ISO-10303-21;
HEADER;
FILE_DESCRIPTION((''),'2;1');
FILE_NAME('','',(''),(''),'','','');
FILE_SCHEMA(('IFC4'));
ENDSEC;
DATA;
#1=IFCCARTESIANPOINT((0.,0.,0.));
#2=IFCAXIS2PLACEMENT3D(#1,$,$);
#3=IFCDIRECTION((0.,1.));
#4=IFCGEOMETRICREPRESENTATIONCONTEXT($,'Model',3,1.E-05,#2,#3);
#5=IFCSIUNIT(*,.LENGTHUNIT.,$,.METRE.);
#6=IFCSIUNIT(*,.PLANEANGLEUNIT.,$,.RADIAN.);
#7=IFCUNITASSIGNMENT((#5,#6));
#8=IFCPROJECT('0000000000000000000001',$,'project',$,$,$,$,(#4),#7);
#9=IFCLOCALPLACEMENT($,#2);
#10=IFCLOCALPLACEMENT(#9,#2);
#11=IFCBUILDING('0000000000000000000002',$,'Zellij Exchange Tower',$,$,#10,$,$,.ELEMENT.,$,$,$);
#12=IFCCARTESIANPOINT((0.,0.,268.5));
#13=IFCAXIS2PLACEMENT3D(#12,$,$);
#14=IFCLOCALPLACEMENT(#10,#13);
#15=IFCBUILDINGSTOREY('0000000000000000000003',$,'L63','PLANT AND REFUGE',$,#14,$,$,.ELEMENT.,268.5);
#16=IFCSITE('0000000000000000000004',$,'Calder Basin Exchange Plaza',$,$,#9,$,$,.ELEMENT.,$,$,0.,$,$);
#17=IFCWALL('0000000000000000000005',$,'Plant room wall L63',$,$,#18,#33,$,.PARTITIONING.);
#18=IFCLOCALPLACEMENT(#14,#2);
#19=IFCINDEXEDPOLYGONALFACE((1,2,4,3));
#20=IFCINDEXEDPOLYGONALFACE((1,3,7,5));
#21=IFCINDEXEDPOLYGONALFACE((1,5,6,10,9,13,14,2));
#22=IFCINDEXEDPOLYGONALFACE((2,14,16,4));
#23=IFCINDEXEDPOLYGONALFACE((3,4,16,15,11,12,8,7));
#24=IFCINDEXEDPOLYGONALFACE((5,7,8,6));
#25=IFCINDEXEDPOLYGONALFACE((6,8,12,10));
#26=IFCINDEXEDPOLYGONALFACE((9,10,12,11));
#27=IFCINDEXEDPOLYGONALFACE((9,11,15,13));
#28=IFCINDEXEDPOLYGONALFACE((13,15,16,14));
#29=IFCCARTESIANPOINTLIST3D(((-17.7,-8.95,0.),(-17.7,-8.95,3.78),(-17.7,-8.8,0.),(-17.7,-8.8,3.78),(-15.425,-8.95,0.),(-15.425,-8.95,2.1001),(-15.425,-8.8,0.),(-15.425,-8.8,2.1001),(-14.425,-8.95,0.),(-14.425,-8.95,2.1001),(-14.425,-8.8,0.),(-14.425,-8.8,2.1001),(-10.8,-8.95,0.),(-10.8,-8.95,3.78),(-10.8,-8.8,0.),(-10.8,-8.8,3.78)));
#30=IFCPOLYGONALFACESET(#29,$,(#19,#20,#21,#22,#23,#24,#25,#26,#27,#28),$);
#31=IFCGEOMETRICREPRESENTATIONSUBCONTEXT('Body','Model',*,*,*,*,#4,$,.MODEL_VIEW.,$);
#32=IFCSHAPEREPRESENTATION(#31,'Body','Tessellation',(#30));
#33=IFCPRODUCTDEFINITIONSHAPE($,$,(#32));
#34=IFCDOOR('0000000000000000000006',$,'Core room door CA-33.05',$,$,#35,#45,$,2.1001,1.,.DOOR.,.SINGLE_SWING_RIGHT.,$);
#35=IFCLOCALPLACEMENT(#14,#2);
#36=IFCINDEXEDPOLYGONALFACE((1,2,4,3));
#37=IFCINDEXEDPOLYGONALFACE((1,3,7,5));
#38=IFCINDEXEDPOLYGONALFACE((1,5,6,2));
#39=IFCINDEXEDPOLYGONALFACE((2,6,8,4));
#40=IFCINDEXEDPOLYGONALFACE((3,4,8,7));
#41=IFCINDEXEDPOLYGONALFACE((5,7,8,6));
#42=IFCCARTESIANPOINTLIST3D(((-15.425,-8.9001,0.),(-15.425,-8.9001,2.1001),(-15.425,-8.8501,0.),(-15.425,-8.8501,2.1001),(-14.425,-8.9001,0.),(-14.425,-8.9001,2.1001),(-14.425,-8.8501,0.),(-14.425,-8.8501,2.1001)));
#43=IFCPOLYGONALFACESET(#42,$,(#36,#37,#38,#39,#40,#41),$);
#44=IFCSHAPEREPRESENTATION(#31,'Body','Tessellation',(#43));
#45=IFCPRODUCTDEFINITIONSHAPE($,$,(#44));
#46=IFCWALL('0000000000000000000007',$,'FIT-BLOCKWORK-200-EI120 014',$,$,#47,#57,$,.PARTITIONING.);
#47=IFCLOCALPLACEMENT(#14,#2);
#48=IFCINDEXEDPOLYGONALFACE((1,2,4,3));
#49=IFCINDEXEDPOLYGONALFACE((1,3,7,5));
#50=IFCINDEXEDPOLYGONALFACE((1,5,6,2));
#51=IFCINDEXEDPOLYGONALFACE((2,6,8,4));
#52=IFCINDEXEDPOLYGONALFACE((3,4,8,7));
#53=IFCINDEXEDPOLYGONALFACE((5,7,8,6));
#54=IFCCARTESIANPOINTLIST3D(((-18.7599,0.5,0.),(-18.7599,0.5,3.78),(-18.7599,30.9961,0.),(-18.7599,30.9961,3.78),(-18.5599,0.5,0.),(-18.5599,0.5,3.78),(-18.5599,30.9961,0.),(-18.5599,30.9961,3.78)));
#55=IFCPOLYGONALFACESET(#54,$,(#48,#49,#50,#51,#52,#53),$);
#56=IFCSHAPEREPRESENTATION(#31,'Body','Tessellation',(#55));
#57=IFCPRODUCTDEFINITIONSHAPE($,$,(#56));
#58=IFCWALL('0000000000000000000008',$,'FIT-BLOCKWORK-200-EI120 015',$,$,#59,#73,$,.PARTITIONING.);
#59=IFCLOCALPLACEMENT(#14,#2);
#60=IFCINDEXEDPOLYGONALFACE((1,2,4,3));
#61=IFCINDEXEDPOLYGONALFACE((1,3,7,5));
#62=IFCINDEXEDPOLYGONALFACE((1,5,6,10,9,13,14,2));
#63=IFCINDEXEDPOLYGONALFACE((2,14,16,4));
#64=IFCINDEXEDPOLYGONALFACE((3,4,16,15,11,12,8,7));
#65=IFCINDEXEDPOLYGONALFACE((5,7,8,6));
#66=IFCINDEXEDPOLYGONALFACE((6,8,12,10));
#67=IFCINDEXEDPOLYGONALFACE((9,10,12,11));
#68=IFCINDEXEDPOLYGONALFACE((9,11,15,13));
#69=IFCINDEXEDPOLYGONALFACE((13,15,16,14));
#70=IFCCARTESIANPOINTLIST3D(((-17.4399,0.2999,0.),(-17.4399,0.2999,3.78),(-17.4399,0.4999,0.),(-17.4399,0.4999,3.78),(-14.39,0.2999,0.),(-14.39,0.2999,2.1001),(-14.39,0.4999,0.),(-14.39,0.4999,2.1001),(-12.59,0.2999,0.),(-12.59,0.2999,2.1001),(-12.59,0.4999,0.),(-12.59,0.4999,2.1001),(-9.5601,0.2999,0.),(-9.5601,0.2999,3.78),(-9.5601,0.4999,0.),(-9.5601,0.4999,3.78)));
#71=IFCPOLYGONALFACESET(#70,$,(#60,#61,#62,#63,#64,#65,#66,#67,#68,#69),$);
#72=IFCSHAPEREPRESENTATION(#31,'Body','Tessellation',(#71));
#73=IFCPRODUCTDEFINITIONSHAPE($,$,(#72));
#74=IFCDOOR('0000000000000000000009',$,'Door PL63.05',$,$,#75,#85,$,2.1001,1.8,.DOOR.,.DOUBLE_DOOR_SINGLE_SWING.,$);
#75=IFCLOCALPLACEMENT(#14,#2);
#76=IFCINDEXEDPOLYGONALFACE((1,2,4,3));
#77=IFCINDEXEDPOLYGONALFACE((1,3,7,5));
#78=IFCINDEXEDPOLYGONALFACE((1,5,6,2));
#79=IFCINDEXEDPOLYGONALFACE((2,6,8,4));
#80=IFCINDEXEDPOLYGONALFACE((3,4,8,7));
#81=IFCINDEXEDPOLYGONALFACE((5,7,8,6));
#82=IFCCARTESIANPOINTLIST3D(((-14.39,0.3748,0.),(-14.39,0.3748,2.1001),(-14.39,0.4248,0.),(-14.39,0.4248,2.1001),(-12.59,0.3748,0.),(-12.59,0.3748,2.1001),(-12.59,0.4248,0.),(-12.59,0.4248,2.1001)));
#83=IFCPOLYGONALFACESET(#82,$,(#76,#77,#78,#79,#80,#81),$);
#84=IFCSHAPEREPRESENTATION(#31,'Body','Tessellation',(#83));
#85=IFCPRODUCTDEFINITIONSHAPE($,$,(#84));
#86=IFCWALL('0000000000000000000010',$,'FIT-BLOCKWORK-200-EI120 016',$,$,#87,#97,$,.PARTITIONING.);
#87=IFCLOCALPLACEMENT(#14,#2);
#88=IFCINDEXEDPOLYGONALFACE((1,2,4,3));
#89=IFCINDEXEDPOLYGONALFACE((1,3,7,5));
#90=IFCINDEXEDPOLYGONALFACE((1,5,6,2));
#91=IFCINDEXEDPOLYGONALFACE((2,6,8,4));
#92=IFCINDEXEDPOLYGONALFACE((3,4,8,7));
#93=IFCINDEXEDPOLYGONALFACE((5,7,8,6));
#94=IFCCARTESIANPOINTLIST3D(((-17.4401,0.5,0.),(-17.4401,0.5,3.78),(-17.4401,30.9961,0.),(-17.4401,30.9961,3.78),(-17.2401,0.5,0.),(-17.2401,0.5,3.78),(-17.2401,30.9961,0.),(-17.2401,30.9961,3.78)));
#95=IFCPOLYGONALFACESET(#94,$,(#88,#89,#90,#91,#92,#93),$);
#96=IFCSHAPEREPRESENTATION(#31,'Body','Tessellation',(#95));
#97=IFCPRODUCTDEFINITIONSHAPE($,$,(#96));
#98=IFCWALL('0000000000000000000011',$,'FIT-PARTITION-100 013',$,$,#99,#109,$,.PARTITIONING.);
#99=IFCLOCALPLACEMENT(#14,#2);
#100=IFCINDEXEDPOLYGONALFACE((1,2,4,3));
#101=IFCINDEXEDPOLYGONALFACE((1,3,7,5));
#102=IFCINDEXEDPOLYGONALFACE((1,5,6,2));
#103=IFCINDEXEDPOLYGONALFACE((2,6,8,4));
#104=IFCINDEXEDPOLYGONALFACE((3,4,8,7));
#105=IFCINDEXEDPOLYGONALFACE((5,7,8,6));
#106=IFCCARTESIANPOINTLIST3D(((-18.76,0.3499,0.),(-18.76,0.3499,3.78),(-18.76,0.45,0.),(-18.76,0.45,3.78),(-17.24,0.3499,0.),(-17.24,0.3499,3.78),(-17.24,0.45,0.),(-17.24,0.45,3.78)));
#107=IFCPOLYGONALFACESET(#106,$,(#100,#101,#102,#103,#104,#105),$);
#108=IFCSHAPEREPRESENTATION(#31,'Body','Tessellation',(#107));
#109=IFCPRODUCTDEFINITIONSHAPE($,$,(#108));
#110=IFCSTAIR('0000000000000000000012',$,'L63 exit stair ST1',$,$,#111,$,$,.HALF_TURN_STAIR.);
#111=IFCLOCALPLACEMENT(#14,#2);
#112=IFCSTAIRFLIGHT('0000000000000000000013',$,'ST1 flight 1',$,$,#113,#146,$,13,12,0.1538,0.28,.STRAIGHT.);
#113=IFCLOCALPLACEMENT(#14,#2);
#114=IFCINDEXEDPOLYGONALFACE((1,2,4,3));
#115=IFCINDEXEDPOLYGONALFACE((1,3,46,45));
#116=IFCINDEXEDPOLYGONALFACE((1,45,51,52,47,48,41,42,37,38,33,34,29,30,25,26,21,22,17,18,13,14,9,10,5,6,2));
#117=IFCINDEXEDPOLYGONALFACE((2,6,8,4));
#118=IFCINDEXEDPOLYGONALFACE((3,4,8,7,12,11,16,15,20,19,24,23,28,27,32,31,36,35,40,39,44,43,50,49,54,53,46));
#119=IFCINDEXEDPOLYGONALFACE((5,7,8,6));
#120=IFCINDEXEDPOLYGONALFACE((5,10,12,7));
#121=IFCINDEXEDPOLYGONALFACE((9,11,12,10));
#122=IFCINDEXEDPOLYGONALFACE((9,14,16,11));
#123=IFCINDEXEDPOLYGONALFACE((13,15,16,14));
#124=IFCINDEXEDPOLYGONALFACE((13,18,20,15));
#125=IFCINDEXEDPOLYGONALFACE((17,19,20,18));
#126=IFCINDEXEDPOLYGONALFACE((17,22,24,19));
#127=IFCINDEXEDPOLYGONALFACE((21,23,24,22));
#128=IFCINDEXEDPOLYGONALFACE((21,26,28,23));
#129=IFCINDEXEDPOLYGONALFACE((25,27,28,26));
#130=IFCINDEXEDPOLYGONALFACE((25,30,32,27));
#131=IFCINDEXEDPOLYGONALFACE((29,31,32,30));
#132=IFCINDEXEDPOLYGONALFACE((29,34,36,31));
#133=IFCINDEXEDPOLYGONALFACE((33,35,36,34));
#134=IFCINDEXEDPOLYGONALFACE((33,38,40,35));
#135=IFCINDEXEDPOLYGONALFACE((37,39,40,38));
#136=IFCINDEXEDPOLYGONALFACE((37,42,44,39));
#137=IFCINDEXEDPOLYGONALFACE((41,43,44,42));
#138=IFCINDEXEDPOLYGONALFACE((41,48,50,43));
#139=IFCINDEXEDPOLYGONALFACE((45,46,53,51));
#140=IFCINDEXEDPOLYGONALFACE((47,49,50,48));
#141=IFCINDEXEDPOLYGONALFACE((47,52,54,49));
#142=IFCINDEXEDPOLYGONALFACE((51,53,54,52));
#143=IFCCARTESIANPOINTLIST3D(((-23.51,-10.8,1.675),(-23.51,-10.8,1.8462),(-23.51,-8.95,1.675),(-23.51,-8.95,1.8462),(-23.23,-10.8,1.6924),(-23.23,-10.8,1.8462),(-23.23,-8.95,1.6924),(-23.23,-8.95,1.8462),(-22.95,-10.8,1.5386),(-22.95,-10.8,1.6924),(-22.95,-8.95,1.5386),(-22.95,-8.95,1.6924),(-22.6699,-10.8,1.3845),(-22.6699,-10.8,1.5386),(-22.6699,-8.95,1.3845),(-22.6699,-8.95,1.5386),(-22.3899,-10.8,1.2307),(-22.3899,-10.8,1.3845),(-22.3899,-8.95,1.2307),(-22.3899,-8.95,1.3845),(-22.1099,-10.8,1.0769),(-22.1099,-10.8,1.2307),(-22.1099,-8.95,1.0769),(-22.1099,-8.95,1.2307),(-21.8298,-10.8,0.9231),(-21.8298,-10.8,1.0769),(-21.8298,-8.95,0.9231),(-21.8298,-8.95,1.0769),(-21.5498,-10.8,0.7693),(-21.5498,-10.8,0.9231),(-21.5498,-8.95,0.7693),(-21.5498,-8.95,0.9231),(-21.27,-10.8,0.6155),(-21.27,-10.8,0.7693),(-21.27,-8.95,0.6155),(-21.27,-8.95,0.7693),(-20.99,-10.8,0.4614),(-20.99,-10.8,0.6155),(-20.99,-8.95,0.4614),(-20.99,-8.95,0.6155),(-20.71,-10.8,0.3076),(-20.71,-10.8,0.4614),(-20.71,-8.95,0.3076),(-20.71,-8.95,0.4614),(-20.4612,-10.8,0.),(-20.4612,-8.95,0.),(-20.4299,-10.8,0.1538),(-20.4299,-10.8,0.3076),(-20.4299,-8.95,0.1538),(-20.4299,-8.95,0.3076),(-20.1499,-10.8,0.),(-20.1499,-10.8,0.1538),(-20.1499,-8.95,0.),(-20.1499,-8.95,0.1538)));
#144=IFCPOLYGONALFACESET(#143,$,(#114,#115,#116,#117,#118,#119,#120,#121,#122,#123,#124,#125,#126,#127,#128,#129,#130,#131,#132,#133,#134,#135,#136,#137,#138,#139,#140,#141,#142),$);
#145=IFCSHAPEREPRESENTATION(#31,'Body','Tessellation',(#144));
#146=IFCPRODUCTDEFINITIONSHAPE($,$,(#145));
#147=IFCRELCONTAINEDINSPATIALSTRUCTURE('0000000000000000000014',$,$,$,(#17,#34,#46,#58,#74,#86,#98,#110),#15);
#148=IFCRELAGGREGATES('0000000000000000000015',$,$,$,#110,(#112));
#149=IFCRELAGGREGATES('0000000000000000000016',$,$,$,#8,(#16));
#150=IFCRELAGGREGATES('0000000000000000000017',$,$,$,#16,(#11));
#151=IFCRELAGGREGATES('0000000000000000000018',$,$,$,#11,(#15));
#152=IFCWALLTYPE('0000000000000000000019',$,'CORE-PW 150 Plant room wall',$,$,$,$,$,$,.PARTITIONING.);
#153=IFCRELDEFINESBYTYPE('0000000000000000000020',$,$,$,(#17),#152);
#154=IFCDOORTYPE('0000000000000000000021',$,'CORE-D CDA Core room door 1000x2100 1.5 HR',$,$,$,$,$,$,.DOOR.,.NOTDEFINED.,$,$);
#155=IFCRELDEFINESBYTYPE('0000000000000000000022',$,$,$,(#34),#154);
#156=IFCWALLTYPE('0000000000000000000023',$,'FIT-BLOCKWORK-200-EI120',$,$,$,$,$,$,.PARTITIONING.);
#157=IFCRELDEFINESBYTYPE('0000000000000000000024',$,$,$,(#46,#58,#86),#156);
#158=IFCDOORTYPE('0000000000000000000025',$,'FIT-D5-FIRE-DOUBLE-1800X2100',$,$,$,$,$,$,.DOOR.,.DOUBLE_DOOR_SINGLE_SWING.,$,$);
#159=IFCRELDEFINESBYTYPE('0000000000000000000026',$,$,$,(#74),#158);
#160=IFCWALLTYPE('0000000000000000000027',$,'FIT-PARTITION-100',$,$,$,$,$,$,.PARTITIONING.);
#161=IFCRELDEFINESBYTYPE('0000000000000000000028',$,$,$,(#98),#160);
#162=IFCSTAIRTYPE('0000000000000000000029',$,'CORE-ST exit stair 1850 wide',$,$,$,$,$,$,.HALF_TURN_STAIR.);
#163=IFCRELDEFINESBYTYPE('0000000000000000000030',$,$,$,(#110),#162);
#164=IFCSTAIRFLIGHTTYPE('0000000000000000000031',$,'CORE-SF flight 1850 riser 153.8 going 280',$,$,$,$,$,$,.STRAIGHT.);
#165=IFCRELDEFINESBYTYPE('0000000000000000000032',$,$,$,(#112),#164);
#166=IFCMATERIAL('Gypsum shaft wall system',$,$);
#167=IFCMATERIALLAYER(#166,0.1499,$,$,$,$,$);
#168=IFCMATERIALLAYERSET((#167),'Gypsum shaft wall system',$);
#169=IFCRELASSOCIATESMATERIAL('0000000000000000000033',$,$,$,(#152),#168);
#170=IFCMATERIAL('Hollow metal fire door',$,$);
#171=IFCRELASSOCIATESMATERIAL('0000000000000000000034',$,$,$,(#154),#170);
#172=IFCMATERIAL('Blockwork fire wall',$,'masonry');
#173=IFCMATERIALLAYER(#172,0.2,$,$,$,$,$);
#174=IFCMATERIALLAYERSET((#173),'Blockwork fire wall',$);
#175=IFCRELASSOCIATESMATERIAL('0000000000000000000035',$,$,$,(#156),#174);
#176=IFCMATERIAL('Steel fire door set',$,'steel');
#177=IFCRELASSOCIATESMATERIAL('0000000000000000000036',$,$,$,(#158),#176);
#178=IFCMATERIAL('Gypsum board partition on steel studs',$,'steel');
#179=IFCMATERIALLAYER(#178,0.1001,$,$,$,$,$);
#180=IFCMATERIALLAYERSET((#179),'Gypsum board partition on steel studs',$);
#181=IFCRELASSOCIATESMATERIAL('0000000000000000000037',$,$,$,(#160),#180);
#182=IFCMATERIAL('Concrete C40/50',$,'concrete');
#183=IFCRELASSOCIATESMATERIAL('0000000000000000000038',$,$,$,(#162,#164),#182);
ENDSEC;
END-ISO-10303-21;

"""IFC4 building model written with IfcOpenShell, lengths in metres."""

from ifc_helpers import new_model, si_unit, direction, frame, frame_2d, origin, place, context, subcontext, project, spatial, polyline, rectangle, outline, extrude, material, layer, layer_set, type_object, element, fill, aggregate, save


model = new_model("IFC4")

# Units and contexts
model_context = context("Model", 3, precision=1e-05, world=origin(), true_north=direction((0.0, 1.0)))
body_context = subcontext(model_context, "Body", "Model", "MODEL_VIEW")
ifc_project = project(units=[si_unit("LENGTHUNIT", "METRE"), si_unit("PLANEANGLEUNIT", "RADIAN")], contexts=[model_context])

# Site, building, storey
site_placement = place(None, origin())
site = spatial("IfcSite", under=ifc_project, at=site_placement, Name="Calder Basin Exchange Plaza", CompositionType="ELEMENT", RefElevation=0.0)
building_placement = place(site_placement, origin())
building = spatial("IfcBuilding", under=site, at=building_placement, Name="Zellij Exchange Tower", CompositionType="ELEMENT")
storey_placement = place(building_placement, frame((0.0, 0.0, 268.5)))
storey = spatial("IfcBuildingStorey", under=building, at=storey_placement, Name="L63", Description="PLANT AND REFUGE", CompositionType="ELEMENT", Elevation=268.5)

# Shared definitions
ifc_material_1 = material(Name="Gypsum shaft wall system")
ifc_layer_1 = layer(ifc_material_1, 0.1499)
ifc_layer_set_1 = layer_set([ifc_layer_1], Name="Gypsum shaft wall system")
wall_type_1 = type_object("IfcWallType", Name="CORE-PW 150 Plant room wall", PredefinedType="PARTITIONING", material=ifc_layer_set_1)

# Wall, opening, door
ifc_material_2 = material(Name="Hollow metal fire door")
door_type_1 = type_object("IfcDoorType", Name="CORE-D CDA Core room door 1000x2100 1.5 HR", OperationType="NOTDEFINED", PredefinedType="DOOR", material=ifc_material_2)
wall_1_placement = place(storey_placement, frame((-17.7, -8.875, 0.0), z_axis=(0.0, 0.0, 1.0), x_axis=(1.0, 0.0, 0.0)))
wall_1 = element("IfcWall", 1, at=wall_1_placement, inside=storey, type_object=wall_type_1, Name="Plant room wall L63", PredefinedType="PARTITIONING", context=body_context, shape_type="SweptSolid", body=[
    extrude(rectangle(XDim=6.8999, YDim=0.1499, at=frame_2d((3.45, 0.0))), origin(), (0.0, 0.0, 1.0), 3.78),
])
opening_1_placement = place(wall_1_placement, frame((2.2749, 0.0, 0.0)))
opening_1 = element("IfcOpeningElement", 2, at=opening_1_placement, cuts=wall_1, PredefinedType="OPENING", context=body_context, shape_type="SweptSolid", body=[
    extrude(rectangle(XDim=1.0, YDim=2.1001, at=frame_2d((0.5, 1.05))), frame((0.0, 0.0869, 0.0), z_axis=(0.0, -1.0, 0.0), x_axis=(1.0, 0.0, 0.0)), (0.0, 0.0, 1.0), 0.1738),
])
door_1_placement = place(opening_1_placement, origin())
door_1 = element("IfcDoor", 3, at=door_1_placement, inside=storey, type_object=door_type_1, Name="Core room door CA-33.05", OperationType="SINGLE_SWING_RIGHT", OverallHeight=2.1001, OverallWidth=1.0, PredefinedType="DOOR", context=body_context, shape_type="SweptSolid", body=[
    extrude(rectangle(XDim=1.0, YDim=2.1001, at=frame_2d((0.5, 1.05))), frame((0.0, 0.0249, 0.0), z_axis=(0.0, -1.0, 0.0), x_axis=(1.0, 0.0, 0.0)), (0.0, 0.0, 1.0), 0.05),
])
fill(opening_1, door_1)

# Wall
ifc_material_3 = material(Name="Blockwork fire wall", Category="masonry")
ifc_layer_2 = layer(ifc_material_3, 0.2)
ifc_layer_set_2 = layer_set([ifc_layer_2], Name="Blockwork fire wall")
wall_type_2 = type_object("IfcWallType", Name="FIT-BLOCKWORK-200-EI120", PredefinedType="PARTITIONING", material=ifc_layer_set_2)
wall_2_placement = place(storey_placement, frame((-18.6599, 0.5, 0.0), z_axis=(0.0, 0.0, 1.0), x_axis=(0.0, 1.0, 0.0)))
element("IfcWall", 4, at=wall_2_placement, inside=storey, type_object=wall_type_2, Name="FIT-BLOCKWORK-200-EI120 014", PredefinedType="PARTITIONING", context=body_context, shape_type="SweptSolid", body=[
    extrude(rectangle(XDim=30.4961, YDim=0.2, at=frame_2d((15.248, 0.0))), origin(), (0.0, 0.0, 1.0), 3.78),
])

# Wall, opening, door
wall_3_placement = place(storey_placement, frame((-17.4399, 0.3999, 0.0), z_axis=(0.0, 0.0, 1.0), x_axis=(1.0, 0.0, 0.0)))
wall_3 = element("IfcWall", 5, at=wall_3_placement, inside=storey, type_object=wall_type_2, Name="FIT-BLOCKWORK-200-EI120 015", PredefinedType="PARTITIONING", context=body_context, shape_type="SweptSolid", body=[
    extrude(rectangle(XDim=7.8799, YDim=0.2, at=frame_2d((3.9399, 0.0))), origin(), (0.0, 0.0, 1.0), 3.78),
])
opening_2_placement = place(wall_3_placement, frame((3.05, 0.0, 0.0)))
opening_2 = element("IfcOpeningElement", 6, at=opening_2_placement, cuts=wall_3, PredefinedType="OPENING", context=body_context, shape_type="SweptSolid", body=[
    extrude(rectangle(XDim=1.8, YDim=2.1001, at=frame_2d((0.8999, 1.05))), frame((0.0, 0.1118, 0.0), z_axis=(0.0, -1.0, 0.0), x_axis=(1.0, 0.0, 0.0)), (0.0, 0.0, 1.0), 0.2239),
])
ifc_material_4 = material(Name="Steel fire door set", Category="steel")
door_type_2 = type_object("IfcDoorType", Name="FIT-D5-FIRE-DOUBLE-1800X2100", OperationType="DOUBLE_DOOR_SINGLE_SWING", PredefinedType="DOOR", material=ifc_material_4)
door_2_placement = place(opening_2_placement, origin())
door_2 = element("IfcDoor", 7, at=door_2_placement, inside=storey, type_object=door_type_2, Name="Door PL63.05", OperationType="DOUBLE_DOOR_SINGLE_SWING", OverallHeight=2.1001, OverallWidth=1.8, PredefinedType="DOOR", context=body_context, shape_type="SweptSolid", body=[
    extrude(rectangle(XDim=1.8, YDim=2.1001, at=frame_2d((0.8999, 1.05))), frame((0.0, 0.0249, 0.0), z_axis=(0.0, -1.0, 0.0), x_axis=(1.0, 0.0, 0.0)), (0.0, 0.0, 1.0), 0.05),
])
fill(opening_2, door_2)

# Walls
wall_4_placement = place(storey_placement, frame((-17.3401, 0.5, 0.0), z_axis=(0.0, 0.0, 1.0), x_axis=(0.0, 1.0, 0.0)))
element("IfcWall", 8, at=wall_4_placement, inside=storey, type_object=wall_type_2, Name="FIT-BLOCKWORK-200-EI120 016", PredefinedType="PARTITIONING", context=body_context, shape_type="SweptSolid", body=[
    extrude(rectangle(XDim=30.4961, YDim=0.2, at=frame_2d((15.248, 0.0))), origin(), (0.0, 0.0, 1.0), 3.78),
])
ifc_material_5 = material(Name="Gypsum board partition on steel studs", Category="steel")
ifc_layer_3 = layer(ifc_material_5, 0.1001)
ifc_layer_set_3 = layer_set([ifc_layer_3], Name="Gypsum board partition on steel studs")
wall_type_3 = type_object("IfcWallType", Name="FIT-PARTITION-100", PredefinedType="PARTITIONING", material=ifc_layer_set_3)
wall_5_placement = place(storey_placement, frame((-18.76, 0.3999, 0.0), z_axis=(0.0, 0.0, 1.0), x_axis=(1.0, 0.0, 0.0)))
element("IfcWall", 9, at=wall_5_placement, inside=storey, type_object=wall_type_3, Name="FIT-PARTITION-100 013", PredefinedType="PARTITIONING", context=body_context, shape_type="SweptSolid", body=[
    extrude(rectangle(XDim=1.52, YDim=0.1001, at=frame_2d((0.76, 0.0))), origin(), (0.0, 0.0, 1.0), 3.78),
])

# Stair, stair flight
ifc_material_6 = material(Name="Concrete C40/50", Category="concrete")
stair_type = type_object("IfcStairType", Name="CORE-ST exit stair 1850 wide", PredefinedType="HALF_TURN_STAIR", material=ifc_material_6)
stair_placement = place(storey_placement, origin())
stair = element("IfcStair", 10, at=stair_placement, inside=storey, type_object=stair_type, Name="L63 exit stair ST1", PredefinedType="HALF_TURN_STAIR")
stair_flight_type = type_object("IfcStairFlightType", Name="CORE-SF flight 1850 riser 153.8 going 280", PredefinedType="STRAIGHT", material=ifc_material_6)
stair_flight_placement = place(storey_placement, frame((-20.1499, -9.875, 0.0), z_axis=(0.0, 0.0, 1.0), x_axis=(-1.0, 0.0, 0.0)))
stair_flight = element("IfcStairFlight", 11, at=stair_flight_placement, type_object=stair_flight_type, Name="ST1 flight 1", NumberOfRisers=13, NumberOfTreads=12, PredefinedType="STRAIGHT", RiserHeight=0.1538, TreadLength=0.28, context=body_context, shape_type="SweptSolid", body=[
    extrude(outline(polyline([(0.0, 0.0), (0.0, 0.1538), (0.28, 0.1538), (0.28, 0.3076), (0.5601, 0.3076), (0.5601, 0.4614), (0.8401, 0.4614), (0.8401, 0.6155), (1.1201, 0.6155), (1.1201, 0.7693), (1.3999, 0.7693), (1.3999, 0.9231), (1.6799, 0.9231), (1.6799, 1.0769), (1.96, 1.0769), (1.96, 1.2307), (2.24, 1.2307), (2.24, 1.3845), (2.52, 1.3845), (2.52, 1.5386), (2.8, 1.5386), (2.8, 1.6924), (3.0801, 1.6924), (3.0801, 1.8462), (3.3601, 1.8462), (3.3601, 2.0), (3.3601, 1.675), (0.3113, 0.0), (0.0, 0.0)])), frame((0.0, 0.925, 0.0), z_axis=(0.0, -1.0, 0.0), x_axis=(1.0, 0.0, 0.0)), (0.0, 0.0, 1.0), 1.8501),
])
aggregate(stair, [stair_flight])

save(model, "model.ifc")
